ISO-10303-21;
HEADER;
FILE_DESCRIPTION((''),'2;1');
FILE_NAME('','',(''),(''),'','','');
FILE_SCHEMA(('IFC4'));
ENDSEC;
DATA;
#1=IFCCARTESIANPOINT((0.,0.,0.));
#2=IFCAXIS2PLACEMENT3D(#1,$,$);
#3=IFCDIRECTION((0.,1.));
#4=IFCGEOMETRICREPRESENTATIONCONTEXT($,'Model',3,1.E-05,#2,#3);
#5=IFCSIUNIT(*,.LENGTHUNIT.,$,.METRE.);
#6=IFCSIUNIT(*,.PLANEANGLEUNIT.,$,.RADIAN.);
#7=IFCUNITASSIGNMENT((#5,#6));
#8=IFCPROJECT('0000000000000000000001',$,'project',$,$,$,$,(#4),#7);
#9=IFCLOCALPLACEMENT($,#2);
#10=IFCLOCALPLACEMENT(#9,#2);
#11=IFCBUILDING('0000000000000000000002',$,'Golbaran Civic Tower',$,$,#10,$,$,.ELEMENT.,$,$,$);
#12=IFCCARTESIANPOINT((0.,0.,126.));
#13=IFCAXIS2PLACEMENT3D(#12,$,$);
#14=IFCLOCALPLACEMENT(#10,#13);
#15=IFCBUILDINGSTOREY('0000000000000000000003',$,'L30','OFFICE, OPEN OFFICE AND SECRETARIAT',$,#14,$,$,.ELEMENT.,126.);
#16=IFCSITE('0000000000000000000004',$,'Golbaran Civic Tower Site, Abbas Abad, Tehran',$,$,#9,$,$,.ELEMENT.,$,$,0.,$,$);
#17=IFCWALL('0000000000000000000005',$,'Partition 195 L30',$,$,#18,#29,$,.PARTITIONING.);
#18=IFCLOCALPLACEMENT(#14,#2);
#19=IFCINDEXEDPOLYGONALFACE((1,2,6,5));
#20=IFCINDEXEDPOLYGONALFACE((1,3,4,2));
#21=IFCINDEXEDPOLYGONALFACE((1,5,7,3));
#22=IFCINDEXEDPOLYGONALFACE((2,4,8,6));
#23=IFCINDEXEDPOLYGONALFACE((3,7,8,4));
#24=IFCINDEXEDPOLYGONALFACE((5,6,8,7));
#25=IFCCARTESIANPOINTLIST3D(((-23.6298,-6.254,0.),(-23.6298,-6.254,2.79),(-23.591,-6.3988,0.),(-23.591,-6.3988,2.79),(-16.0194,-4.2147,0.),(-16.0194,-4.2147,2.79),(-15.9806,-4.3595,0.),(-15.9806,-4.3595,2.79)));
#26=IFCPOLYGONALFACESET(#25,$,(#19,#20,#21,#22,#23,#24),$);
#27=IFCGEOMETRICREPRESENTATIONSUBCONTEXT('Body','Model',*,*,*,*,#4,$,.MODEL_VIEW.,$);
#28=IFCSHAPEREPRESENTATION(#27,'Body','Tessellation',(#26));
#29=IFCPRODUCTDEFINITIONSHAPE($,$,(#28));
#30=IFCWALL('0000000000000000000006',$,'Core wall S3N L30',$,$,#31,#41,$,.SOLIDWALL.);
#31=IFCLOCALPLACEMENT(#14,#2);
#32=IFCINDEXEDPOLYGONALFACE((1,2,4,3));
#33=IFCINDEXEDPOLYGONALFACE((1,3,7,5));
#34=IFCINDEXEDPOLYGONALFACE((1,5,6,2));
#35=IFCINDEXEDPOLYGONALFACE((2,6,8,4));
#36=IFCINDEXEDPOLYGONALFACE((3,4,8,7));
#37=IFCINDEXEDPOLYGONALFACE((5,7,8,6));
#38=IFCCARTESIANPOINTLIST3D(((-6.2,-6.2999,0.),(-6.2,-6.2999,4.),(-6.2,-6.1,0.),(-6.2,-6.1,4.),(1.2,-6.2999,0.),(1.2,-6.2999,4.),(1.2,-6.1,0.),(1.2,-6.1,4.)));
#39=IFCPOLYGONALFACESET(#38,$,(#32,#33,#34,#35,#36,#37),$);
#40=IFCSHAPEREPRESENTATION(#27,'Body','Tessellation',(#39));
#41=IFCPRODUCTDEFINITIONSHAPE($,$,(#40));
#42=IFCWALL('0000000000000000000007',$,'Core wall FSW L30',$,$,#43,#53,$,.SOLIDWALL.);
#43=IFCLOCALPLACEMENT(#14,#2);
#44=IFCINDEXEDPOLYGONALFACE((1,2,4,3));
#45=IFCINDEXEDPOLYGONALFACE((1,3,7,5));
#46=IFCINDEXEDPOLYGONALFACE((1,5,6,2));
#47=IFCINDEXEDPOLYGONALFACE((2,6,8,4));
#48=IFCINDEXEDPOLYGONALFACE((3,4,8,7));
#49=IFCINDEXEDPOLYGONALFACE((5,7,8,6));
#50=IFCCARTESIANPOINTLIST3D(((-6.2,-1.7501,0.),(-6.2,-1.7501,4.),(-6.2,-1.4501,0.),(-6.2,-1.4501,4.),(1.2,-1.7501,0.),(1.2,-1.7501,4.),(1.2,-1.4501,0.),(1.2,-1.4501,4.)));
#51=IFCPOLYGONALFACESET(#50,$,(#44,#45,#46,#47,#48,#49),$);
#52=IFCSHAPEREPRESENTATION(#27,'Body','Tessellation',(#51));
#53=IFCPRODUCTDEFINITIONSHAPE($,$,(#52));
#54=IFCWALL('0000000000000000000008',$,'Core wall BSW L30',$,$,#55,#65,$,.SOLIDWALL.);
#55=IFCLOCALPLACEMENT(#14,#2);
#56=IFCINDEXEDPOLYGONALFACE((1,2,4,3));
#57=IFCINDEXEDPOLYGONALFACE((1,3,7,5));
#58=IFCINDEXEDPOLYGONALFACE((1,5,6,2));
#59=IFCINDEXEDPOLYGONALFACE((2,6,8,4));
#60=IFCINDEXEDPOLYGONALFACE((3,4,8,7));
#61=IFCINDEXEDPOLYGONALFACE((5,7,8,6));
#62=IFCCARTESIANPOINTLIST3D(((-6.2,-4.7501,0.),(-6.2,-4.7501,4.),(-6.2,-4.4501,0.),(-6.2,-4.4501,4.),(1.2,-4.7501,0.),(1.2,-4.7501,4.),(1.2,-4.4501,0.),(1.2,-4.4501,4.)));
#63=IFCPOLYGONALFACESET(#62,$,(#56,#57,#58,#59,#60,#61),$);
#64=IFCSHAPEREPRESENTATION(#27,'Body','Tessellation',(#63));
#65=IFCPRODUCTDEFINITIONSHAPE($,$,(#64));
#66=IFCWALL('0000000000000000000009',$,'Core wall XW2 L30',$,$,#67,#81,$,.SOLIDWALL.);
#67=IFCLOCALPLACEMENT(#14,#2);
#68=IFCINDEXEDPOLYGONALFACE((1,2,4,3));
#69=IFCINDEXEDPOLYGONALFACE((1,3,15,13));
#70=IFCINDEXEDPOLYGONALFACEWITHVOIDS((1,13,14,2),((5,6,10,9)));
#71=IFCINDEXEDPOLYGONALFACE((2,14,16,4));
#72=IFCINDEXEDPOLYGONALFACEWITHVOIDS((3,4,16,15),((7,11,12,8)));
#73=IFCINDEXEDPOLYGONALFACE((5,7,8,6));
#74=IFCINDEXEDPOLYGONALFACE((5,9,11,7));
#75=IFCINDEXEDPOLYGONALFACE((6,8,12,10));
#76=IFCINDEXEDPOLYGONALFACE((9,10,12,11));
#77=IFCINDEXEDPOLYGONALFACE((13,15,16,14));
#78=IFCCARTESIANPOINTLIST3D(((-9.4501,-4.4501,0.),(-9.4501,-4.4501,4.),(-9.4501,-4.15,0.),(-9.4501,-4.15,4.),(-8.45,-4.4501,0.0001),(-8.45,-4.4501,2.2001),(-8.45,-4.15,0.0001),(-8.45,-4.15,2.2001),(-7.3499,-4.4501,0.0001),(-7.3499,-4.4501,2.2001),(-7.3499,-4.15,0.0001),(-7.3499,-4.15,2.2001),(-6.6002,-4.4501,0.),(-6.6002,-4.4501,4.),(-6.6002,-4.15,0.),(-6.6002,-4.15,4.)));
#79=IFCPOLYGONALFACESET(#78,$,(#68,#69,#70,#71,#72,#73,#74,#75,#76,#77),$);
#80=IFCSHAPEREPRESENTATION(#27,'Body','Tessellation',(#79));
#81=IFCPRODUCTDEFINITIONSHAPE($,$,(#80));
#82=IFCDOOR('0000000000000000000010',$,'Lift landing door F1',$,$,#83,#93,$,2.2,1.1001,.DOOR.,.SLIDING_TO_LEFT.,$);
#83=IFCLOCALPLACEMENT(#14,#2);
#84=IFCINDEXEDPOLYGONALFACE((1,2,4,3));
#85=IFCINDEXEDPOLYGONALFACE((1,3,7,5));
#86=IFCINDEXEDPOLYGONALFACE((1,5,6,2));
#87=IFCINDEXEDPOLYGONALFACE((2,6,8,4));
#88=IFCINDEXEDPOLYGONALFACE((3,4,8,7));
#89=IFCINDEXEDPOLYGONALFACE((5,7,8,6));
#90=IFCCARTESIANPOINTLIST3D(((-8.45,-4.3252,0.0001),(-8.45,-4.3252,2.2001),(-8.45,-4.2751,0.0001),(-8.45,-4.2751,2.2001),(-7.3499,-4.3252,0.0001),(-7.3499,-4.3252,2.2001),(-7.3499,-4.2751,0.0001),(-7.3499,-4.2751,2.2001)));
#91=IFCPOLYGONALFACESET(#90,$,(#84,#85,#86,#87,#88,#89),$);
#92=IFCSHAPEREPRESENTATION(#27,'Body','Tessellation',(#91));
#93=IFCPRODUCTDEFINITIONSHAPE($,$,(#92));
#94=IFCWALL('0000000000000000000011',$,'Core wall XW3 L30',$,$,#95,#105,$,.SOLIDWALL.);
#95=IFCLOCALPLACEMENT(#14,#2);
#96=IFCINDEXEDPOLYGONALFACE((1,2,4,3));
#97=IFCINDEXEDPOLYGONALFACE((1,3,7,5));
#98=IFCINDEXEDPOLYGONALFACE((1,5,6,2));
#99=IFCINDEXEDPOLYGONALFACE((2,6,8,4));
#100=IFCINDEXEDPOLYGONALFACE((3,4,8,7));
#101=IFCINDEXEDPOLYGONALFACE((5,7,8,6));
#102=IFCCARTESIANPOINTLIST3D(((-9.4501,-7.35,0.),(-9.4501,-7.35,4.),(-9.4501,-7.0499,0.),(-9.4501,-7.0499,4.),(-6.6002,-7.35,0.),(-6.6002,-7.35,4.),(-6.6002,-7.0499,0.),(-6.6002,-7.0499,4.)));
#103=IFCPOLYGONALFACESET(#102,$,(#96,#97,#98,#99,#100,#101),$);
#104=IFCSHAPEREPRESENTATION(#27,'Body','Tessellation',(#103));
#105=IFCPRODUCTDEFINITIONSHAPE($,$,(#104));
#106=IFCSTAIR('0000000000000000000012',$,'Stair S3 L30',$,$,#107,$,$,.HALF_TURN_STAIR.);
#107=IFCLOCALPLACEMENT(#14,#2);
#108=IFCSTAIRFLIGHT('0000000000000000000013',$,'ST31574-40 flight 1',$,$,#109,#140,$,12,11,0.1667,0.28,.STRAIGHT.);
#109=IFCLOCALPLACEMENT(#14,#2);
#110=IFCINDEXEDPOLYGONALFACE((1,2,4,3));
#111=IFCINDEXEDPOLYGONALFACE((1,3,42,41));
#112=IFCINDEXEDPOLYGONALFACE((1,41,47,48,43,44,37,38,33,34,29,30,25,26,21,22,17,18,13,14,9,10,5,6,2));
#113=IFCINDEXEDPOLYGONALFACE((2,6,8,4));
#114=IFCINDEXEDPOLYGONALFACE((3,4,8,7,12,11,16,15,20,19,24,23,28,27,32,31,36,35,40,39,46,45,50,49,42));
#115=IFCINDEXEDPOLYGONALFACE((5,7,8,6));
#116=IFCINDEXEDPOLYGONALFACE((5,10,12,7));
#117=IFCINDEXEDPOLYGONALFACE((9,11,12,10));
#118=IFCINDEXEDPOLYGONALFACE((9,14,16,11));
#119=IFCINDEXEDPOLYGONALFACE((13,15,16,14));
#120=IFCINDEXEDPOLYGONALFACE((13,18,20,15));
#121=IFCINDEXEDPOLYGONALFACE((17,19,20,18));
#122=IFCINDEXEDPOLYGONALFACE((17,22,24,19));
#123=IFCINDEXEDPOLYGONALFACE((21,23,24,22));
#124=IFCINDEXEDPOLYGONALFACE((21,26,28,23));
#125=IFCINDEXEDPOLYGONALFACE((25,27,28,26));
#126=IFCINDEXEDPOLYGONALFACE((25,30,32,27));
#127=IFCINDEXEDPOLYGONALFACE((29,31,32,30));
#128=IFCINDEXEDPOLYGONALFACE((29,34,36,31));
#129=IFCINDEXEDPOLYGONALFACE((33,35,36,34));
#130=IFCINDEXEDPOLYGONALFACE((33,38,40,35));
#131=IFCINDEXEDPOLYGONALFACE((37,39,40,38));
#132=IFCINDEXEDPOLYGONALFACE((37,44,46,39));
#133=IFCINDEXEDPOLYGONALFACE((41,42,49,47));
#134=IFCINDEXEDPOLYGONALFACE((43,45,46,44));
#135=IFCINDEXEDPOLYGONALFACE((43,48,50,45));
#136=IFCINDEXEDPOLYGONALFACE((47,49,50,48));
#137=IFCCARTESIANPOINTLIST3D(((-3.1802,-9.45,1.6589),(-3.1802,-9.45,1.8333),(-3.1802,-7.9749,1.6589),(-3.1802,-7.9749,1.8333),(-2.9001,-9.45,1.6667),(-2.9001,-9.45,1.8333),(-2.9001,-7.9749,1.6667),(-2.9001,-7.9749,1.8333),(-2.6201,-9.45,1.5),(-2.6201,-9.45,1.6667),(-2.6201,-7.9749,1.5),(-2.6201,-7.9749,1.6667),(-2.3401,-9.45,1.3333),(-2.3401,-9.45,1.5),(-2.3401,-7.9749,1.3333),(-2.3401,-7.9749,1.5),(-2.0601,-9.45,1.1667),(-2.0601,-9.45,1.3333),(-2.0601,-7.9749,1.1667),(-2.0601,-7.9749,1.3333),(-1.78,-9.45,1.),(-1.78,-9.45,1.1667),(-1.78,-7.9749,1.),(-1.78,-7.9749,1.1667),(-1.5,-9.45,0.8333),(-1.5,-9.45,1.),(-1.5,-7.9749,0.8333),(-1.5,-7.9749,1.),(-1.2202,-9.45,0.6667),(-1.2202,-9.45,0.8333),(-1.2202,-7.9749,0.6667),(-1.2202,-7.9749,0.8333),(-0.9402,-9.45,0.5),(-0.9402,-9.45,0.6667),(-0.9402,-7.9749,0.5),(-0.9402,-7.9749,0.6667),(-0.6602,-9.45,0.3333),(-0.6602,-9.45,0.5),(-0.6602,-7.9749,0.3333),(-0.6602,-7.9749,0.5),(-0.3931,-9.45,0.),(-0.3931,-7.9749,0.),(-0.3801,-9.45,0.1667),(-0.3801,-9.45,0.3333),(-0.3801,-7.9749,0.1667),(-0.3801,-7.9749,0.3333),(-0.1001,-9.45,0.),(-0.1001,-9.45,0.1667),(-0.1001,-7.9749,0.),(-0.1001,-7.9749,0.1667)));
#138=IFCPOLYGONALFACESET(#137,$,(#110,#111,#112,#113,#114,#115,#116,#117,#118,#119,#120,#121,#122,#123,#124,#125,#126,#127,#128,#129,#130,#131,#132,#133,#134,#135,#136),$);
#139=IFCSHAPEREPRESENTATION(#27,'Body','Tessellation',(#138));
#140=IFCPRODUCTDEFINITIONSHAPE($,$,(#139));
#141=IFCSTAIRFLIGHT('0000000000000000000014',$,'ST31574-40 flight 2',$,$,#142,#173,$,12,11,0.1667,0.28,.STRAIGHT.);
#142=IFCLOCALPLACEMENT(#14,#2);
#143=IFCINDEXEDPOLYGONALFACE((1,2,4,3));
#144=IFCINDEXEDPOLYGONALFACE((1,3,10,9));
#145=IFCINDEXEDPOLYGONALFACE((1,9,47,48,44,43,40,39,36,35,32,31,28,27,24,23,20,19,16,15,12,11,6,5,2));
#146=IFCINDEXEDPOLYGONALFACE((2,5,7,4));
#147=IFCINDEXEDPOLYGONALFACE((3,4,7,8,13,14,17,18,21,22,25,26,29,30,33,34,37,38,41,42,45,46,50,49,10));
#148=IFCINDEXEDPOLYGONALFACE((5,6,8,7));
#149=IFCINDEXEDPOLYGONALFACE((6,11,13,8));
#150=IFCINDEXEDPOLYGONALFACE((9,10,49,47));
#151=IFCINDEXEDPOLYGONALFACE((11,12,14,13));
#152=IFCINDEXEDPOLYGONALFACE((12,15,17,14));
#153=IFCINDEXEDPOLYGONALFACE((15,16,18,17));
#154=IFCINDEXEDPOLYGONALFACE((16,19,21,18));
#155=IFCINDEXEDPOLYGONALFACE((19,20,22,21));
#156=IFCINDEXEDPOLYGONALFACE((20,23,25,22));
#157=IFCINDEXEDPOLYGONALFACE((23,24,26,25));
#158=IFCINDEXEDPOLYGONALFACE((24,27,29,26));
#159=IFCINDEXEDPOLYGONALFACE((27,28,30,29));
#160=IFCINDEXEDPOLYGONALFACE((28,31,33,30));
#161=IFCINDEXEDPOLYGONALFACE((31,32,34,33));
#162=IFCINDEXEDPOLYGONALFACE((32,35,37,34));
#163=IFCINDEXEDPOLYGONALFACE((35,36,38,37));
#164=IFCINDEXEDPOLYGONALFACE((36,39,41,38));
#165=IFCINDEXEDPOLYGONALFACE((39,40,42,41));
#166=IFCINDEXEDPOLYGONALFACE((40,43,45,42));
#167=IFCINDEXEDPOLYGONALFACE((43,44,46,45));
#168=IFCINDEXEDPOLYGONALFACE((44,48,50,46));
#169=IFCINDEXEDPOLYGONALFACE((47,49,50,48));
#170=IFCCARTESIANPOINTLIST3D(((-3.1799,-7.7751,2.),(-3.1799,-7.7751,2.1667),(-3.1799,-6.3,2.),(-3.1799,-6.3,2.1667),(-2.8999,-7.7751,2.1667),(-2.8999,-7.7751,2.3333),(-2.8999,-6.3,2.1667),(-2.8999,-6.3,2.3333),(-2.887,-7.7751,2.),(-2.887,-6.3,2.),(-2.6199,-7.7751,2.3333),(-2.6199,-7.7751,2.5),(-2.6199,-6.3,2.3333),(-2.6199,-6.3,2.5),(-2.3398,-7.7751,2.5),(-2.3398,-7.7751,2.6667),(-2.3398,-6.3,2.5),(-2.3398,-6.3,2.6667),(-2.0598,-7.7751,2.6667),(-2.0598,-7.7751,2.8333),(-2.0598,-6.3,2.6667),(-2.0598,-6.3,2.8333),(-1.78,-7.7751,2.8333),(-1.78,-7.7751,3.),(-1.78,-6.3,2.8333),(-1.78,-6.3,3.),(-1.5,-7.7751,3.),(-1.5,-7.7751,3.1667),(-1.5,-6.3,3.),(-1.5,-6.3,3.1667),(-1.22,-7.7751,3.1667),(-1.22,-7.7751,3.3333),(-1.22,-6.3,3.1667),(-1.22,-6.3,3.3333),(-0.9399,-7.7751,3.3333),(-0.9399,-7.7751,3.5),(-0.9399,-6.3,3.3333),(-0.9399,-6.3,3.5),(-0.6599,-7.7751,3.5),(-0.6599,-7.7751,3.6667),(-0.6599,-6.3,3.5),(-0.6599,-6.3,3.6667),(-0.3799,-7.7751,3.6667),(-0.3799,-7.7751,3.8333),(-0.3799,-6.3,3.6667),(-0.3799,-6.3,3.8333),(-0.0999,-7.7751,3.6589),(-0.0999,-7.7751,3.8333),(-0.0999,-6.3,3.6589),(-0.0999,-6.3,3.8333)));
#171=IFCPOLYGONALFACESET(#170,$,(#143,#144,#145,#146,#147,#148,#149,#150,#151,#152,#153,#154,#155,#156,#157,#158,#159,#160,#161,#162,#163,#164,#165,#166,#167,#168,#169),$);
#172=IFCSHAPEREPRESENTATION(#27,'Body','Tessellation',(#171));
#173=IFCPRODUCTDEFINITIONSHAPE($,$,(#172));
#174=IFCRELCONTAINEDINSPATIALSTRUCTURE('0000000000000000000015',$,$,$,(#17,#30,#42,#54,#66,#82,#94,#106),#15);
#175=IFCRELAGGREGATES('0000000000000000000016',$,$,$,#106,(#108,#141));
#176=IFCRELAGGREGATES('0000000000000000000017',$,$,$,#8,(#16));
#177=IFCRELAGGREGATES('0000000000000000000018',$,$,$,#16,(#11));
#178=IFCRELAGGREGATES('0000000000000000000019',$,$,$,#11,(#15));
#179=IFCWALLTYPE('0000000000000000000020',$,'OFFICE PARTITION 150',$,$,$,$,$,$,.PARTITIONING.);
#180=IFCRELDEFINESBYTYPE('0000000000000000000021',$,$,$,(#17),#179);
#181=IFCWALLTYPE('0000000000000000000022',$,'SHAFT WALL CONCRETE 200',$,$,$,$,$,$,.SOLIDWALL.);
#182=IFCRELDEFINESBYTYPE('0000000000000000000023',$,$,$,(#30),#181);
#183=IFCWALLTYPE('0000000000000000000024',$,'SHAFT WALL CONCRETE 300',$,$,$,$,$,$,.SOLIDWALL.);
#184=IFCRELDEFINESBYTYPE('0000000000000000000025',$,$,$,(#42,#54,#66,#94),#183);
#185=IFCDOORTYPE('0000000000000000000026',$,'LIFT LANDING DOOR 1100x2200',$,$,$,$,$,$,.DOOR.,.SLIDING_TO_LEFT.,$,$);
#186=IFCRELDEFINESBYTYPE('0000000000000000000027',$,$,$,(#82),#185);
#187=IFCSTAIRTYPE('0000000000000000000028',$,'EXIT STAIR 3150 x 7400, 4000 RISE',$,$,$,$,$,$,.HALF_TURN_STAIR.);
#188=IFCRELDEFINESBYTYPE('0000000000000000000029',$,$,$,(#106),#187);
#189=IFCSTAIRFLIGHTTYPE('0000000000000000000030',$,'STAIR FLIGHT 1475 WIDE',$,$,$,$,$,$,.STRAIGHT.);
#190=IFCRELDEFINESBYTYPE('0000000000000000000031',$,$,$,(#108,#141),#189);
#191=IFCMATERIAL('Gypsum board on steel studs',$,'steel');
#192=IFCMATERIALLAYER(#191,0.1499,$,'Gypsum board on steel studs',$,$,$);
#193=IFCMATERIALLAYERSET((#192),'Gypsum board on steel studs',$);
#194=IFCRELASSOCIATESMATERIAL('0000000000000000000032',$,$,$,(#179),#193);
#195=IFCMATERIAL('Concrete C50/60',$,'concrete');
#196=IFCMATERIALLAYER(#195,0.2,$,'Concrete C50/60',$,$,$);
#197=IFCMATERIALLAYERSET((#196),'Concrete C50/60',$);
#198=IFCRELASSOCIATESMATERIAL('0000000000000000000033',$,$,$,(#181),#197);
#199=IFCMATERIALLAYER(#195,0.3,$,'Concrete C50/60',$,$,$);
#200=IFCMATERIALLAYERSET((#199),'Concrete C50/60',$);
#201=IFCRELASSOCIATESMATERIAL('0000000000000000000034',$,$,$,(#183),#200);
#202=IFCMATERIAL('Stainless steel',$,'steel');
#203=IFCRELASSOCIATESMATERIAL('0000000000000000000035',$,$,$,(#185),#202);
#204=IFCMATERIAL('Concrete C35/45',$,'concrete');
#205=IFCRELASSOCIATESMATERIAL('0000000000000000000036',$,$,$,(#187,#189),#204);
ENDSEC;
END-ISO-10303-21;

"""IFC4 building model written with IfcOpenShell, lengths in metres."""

from ifc_helpers import new_model, si_unit, direction, frame, frame_2d, origin, place, context, subcontext, project, spatial, polyline, rectangle, outline, extrude, material, layer, layer_set, type_object, element, fill, aggregate, save


model = new_model("IFC4")

# Units and contexts
model_context = context("Model", 3, precision=1e-05, world=origin(), true_north=direction((0.0, 1.0)))
body_context = subcontext(model_context, "Body", "Model", "MODEL_VIEW")
ifc_project = project(units=[si_unit("LENGTHUNIT", "METRE"), si_unit("PLANEANGLEUNIT", "RADIAN")], contexts=[model_context])

# Site, building, storey
site_placement = place(None, origin())
site = spatial("IfcSite", under=ifc_project, at=site_placement, Name="Golbaran Civic Tower Site, Abbas Abad, Tehran", CompositionType="ELEMENT", RefElevation=0.0)
building_placement = place(site_placement, origin())
building = spatial("IfcBuilding", under=site, at=building_placement, Name="Golbaran Civic Tower", CompositionType="ELEMENT")
storey_placement = place(building_placement, frame((0.0, 0.0, 126.0)))
storey = spatial("IfcBuildingStorey", under=building, at=storey_placement, Name="L30", Description="OFFICE, OPEN OFFICE AND SECRETARIAT", CompositionType="ELEMENT", Elevation=126.0)

# Walls
ifc_material_1 = material(Name="Gypsum board on steel studs", Category="steel")
ifc_layer_1 = layer(ifc_material_1, 0.1499, Name="Gypsum board on steel studs")
ifc_layer_set_1 = layer_set([ifc_layer_1], Name="Gypsum board on steel studs")
wall_type_1 = type_object("IfcWallType", Name="OFFICE PARTITION 150", PredefinedType="PARTITIONING", material=ifc_layer_set_1)
wall_1_placement = place(storey_placement, frame((-16.0, -4.2871, 0.0), z_axis=(0.0, 0.0, 1.0), x_axis=(-0.965922, -0.258833, 0.0)))
element("IfcWall", 1, at=wall_1_placement, inside=storey, type_object=wall_type_1, Name="Partition 195 L30", PredefinedType="PARTITIONING", context=body_context, shape_type="SweptSolid", body=[
    extrude(rectangle(XDim=7.8789, YDim=0.1499, at=frame_2d((3.9395, 0.0))), origin(), (0.0, 0.0, 1.0), 2.79),
])
ifc_material_2 = material(Name="Concrete C50/60", Category="concrete")
ifc_layer_2 = layer(ifc_material_2, 0.2, Name="Concrete C50/60")
ifc_layer_set_2 = layer_set([ifc_layer_2], Name="Concrete C50/60")
wall_type_2 = type_object("IfcWallType", Name="SHAFT WALL CONCRETE 200", PredefinedType="SOLIDWALL", material=ifc_layer_set_2)
wall_2_placement = place(storey_placement, frame((-6.2, -6.2, 0.0), z_axis=(0.0, 0.0, 1.0), x_axis=(1.0, 0.0, 0.0)))
element("IfcWall", 2, at=wall_2_placement, inside=storey, type_object=wall_type_2, Name="Core wall S3N L30", PredefinedType="SOLIDWALL", context=body_context, shape_type="SweptSolid", body=[
    extrude(rectangle(XDim=7.3999, YDim=0.2, at=frame_2d((3.7, 0.0))), origin(), (0.0, 0.0, 1.0), 4.0),
])
ifc_layer_3 = layer(ifc_material_2, 0.3, Name="Concrete C50/60")
ifc_layer_set_3 = layer_set([ifc_layer_3], Name="Concrete C50/60")
wall_type_3 = type_object("IfcWallType", Name="SHAFT WALL CONCRETE 300", PredefinedType="SOLIDWALL", material=ifc_layer_set_3)
for number, where, z_axis, x_axis, name in (
    (3, (-6.2, -1.6001, 0.0), (0.0, 0.0, 1.0), (1.0, 0.0, 0.0), "Core wall FSW L30"),
    (4, (-6.2, -4.6001, 0.0), (0.0, 0.0, 1.0), (1.0, 0.0, 0.0), "Core wall BSW L30"),
):
    element("IfcWall", number, at=place(storey_placement, frame(where, z_axis=z_axis, x_axis=x_axis)), inside=storey, type_object=wall_type_3, Name=name, PredefinedType="SOLIDWALL", context=body_context, shape_type="SweptSolid", body=[
        extrude(rectangle(XDim=7.3999, YDim=0.3, at=frame_2d((3.7, 0.0))), origin(), (0.0, 0.0, 1.0), 4.0),
    ])

# Wall, opening, door
wall_3_placement = place(storey_placement, frame((-9.45, -4.3, 0.0), z_axis=(0.0, 0.0, 1.0), x_axis=(1.0, 0.0, 0.0)))
wall_3 = element("IfcWall", 5, at=wall_3_placement, inside=storey, type_object=wall_type_3, Name="Core wall XW2 L30", PredefinedType="SOLIDWALL", context=body_context, shape_type="SweptSolid", body=[
    extrude(rectangle(XDim=2.8499, YDim=0.3, at=frame_2d((1.4248, 0.0))), origin(), (0.0, 0.0, 1.0), 4.0),
])
opening_placement = place(wall_3_placement, frame((1.0, 0.0, 0.0)))
opening = element("IfcOpeningElement", 6, at=opening_placement, cuts=wall_3, PredefinedType="OPENING", context=body_context, shape_type="SweptSolid", body=[
    extrude(rectangle(XDim=1.1001, YDim=2.2, at=frame_2d((0.55, 1.1001))), frame((0.0, 0.1599, 0.0), z_axis=(0.0, -1.0, 0.0), x_axis=(1.0, 0.0, 0.0)), (0.0, 0.0, 1.0), 0.3201),
])
ifc_material_3 = material(Name="Stainless steel", Category="steel")
door_type = type_object("IfcDoorType", Name="LIFT LANDING DOOR 1100x2200", OperationType="SLIDING_TO_LEFT", PredefinedType="DOOR", material=ifc_material_3)
door_placement = place(opening_placement, origin())
door = element("IfcDoor", 7, at=door_placement, inside=storey, type_object=door_type, Name="Lift landing door F1", OperationType="SLIDING_TO_LEFT", OverallHeight=2.2, OverallWidth=1.1001, PredefinedType="DOOR", context=body_context, shape_type="SweptSolid", body=[
    extrude(rectangle(XDim=1.1001, YDim=2.2, at=frame_2d((0.55, 1.1001))), frame((0.0, 0.0249, 0.0), z_axis=(0.0, -1.0, 0.0), x_axis=(1.0, 0.0, 0.0)), (0.0, 0.0, 1.0), 0.05),
])
fill(opening, door)

# Wall
wall_4_placement = place(storey_placement, frame((-9.45, -7.2, 0.0), z_axis=(0.0, 0.0, 1.0), x_axis=(1.0, 0.0, 0.0)))
element("IfcWall", 8, at=wall_4_placement, inside=storey, type_object=wall_type_3, Name="Core wall XW3 L30", PredefinedType="SOLIDWALL", context=body_context, shape_type="SweptSolid", body=[
    extrude(rectangle(XDim=2.8499, YDim=0.3, at=frame_2d((1.4248, 0.0))), origin(), (0.0, 0.0, 1.0), 4.0),
])

# Stair, stair flights
ifc_material_4 = material(Name="Concrete C35/45", Category="concrete")
stair_type = type_object("IfcStairType", Name="EXIT STAIR 3150 x 7400, 4000 RISE", PredefinedType="HALF_TURN_STAIR", material=ifc_material_4)
stair_placement = place(storey_placement, origin())
stair = element("IfcStair", 9, at=stair_placement, inside=storey, type_object=stair_type, Name="Stair S3 L30", PredefinedType="HALF_TURN_STAIR")
stair_flight_type = type_object("IfcStairFlightType", Name="STAIR FLIGHT 1475 WIDE", PredefinedType="STRAIGHT", material=ifc_material_4)
stair_flight_1_placement = place(storey_placement, frame((-0.1001, -8.7124, 0.0), z_axis=(0.0, 0.0, 1.0), x_axis=(-1.0, 0.0, 0.0)))
stair_flight_1 = element("IfcStairFlight", 10, at=stair_flight_1_placement, type_object=stair_flight_type, Name="ST31574-40 flight 1", NumberOfRisers=12, NumberOfTreads=11, PredefinedType="STRAIGHT", RiserHeight=0.1667, TreadLength=0.28, context=body_context, shape_type="SweptSolid", body=[
    extrude(outline(polyline([(0.0, 0.0), (0.0, 0.1667), (0.28, 0.1667), (0.28, 0.3333), (0.5601, 0.3333), (0.5601, 0.5), (0.8401, 0.5), (0.8401, 0.6667), (1.1201, 0.6667), (1.1201, 0.8333), (1.3999, 0.8333), (1.3999, 1.0), (1.6799, 1.0), (1.6799, 1.1667), (1.96, 1.1667), (1.96, 1.3333), (2.24, 1.3333), (2.24, 1.5), (2.52, 1.5), (2.52, 1.6667), (2.8, 1.6667), (2.8, 1.8333), (3.0801, 1.8333), (3.0801, 2.0), (3.0801, 1.6589), (0.293, 0.0), (0.0, 0.0)])), frame((0.0, 0.7375, 0.0), z_axis=(0.0, -1.0, 0.0), x_axis=(1.0, 0.0, 0.0)), (0.0, 0.0, 1.0), 1.4751),
])
stair_flight_2_placement = place(storey_placement, frame((-3.1799, -7.0376, 2.0), z_axis=(0.0, 0.0, 1.0), x_axis=(1.0, 0.0, 0.0)))
stair_flight_2 = element("IfcStairFlight", 11, at=stair_flight_2_placement, type_object=stair_flight_type, Name="ST31574-40 flight 2", NumberOfRisers=12, NumberOfTreads=11, PredefinedType="STRAIGHT", RiserHeight=0.1667, TreadLength=0.28, context=body_context, shape_type="SweptSolid", body=[
    extrude(outline(polyline([(0.0, 0.0), (0.0, 0.1667), (0.28, 0.1667), (0.28, 0.3333), (0.5601, 0.3333), (0.5601, 0.5), (0.8401, 0.5), (0.8401, 0.6667), (1.1201, 0.6667), (1.1201, 0.8333), (1.3999, 0.8333), (1.3999, 1.0), (1.6799, 1.0), (1.6799, 1.1667), (1.96, 1.1667), (1.96, 1.3333), (2.24, 1.3333), (2.24, 1.5), (2.52, 1.5), (2.52, 1.6667), (2.8, 1.6667), (2.8, 1.8333), (3.0801, 1.8333), (3.0801, 2.0), (3.0801, 1.6589), (0.293, 0.0), (0.0, 0.0)])), frame((0.0, 0.7375, 0.0), z_axis=(0.0, -1.0, 0.0), x_axis=(1.0, 0.0, 0.0)), (0.0, 0.0, 1.0), 1.4751),
])
aggregate(stair, [stair_flight_1, stair_flight_2])

save(model, "model.ifc")
